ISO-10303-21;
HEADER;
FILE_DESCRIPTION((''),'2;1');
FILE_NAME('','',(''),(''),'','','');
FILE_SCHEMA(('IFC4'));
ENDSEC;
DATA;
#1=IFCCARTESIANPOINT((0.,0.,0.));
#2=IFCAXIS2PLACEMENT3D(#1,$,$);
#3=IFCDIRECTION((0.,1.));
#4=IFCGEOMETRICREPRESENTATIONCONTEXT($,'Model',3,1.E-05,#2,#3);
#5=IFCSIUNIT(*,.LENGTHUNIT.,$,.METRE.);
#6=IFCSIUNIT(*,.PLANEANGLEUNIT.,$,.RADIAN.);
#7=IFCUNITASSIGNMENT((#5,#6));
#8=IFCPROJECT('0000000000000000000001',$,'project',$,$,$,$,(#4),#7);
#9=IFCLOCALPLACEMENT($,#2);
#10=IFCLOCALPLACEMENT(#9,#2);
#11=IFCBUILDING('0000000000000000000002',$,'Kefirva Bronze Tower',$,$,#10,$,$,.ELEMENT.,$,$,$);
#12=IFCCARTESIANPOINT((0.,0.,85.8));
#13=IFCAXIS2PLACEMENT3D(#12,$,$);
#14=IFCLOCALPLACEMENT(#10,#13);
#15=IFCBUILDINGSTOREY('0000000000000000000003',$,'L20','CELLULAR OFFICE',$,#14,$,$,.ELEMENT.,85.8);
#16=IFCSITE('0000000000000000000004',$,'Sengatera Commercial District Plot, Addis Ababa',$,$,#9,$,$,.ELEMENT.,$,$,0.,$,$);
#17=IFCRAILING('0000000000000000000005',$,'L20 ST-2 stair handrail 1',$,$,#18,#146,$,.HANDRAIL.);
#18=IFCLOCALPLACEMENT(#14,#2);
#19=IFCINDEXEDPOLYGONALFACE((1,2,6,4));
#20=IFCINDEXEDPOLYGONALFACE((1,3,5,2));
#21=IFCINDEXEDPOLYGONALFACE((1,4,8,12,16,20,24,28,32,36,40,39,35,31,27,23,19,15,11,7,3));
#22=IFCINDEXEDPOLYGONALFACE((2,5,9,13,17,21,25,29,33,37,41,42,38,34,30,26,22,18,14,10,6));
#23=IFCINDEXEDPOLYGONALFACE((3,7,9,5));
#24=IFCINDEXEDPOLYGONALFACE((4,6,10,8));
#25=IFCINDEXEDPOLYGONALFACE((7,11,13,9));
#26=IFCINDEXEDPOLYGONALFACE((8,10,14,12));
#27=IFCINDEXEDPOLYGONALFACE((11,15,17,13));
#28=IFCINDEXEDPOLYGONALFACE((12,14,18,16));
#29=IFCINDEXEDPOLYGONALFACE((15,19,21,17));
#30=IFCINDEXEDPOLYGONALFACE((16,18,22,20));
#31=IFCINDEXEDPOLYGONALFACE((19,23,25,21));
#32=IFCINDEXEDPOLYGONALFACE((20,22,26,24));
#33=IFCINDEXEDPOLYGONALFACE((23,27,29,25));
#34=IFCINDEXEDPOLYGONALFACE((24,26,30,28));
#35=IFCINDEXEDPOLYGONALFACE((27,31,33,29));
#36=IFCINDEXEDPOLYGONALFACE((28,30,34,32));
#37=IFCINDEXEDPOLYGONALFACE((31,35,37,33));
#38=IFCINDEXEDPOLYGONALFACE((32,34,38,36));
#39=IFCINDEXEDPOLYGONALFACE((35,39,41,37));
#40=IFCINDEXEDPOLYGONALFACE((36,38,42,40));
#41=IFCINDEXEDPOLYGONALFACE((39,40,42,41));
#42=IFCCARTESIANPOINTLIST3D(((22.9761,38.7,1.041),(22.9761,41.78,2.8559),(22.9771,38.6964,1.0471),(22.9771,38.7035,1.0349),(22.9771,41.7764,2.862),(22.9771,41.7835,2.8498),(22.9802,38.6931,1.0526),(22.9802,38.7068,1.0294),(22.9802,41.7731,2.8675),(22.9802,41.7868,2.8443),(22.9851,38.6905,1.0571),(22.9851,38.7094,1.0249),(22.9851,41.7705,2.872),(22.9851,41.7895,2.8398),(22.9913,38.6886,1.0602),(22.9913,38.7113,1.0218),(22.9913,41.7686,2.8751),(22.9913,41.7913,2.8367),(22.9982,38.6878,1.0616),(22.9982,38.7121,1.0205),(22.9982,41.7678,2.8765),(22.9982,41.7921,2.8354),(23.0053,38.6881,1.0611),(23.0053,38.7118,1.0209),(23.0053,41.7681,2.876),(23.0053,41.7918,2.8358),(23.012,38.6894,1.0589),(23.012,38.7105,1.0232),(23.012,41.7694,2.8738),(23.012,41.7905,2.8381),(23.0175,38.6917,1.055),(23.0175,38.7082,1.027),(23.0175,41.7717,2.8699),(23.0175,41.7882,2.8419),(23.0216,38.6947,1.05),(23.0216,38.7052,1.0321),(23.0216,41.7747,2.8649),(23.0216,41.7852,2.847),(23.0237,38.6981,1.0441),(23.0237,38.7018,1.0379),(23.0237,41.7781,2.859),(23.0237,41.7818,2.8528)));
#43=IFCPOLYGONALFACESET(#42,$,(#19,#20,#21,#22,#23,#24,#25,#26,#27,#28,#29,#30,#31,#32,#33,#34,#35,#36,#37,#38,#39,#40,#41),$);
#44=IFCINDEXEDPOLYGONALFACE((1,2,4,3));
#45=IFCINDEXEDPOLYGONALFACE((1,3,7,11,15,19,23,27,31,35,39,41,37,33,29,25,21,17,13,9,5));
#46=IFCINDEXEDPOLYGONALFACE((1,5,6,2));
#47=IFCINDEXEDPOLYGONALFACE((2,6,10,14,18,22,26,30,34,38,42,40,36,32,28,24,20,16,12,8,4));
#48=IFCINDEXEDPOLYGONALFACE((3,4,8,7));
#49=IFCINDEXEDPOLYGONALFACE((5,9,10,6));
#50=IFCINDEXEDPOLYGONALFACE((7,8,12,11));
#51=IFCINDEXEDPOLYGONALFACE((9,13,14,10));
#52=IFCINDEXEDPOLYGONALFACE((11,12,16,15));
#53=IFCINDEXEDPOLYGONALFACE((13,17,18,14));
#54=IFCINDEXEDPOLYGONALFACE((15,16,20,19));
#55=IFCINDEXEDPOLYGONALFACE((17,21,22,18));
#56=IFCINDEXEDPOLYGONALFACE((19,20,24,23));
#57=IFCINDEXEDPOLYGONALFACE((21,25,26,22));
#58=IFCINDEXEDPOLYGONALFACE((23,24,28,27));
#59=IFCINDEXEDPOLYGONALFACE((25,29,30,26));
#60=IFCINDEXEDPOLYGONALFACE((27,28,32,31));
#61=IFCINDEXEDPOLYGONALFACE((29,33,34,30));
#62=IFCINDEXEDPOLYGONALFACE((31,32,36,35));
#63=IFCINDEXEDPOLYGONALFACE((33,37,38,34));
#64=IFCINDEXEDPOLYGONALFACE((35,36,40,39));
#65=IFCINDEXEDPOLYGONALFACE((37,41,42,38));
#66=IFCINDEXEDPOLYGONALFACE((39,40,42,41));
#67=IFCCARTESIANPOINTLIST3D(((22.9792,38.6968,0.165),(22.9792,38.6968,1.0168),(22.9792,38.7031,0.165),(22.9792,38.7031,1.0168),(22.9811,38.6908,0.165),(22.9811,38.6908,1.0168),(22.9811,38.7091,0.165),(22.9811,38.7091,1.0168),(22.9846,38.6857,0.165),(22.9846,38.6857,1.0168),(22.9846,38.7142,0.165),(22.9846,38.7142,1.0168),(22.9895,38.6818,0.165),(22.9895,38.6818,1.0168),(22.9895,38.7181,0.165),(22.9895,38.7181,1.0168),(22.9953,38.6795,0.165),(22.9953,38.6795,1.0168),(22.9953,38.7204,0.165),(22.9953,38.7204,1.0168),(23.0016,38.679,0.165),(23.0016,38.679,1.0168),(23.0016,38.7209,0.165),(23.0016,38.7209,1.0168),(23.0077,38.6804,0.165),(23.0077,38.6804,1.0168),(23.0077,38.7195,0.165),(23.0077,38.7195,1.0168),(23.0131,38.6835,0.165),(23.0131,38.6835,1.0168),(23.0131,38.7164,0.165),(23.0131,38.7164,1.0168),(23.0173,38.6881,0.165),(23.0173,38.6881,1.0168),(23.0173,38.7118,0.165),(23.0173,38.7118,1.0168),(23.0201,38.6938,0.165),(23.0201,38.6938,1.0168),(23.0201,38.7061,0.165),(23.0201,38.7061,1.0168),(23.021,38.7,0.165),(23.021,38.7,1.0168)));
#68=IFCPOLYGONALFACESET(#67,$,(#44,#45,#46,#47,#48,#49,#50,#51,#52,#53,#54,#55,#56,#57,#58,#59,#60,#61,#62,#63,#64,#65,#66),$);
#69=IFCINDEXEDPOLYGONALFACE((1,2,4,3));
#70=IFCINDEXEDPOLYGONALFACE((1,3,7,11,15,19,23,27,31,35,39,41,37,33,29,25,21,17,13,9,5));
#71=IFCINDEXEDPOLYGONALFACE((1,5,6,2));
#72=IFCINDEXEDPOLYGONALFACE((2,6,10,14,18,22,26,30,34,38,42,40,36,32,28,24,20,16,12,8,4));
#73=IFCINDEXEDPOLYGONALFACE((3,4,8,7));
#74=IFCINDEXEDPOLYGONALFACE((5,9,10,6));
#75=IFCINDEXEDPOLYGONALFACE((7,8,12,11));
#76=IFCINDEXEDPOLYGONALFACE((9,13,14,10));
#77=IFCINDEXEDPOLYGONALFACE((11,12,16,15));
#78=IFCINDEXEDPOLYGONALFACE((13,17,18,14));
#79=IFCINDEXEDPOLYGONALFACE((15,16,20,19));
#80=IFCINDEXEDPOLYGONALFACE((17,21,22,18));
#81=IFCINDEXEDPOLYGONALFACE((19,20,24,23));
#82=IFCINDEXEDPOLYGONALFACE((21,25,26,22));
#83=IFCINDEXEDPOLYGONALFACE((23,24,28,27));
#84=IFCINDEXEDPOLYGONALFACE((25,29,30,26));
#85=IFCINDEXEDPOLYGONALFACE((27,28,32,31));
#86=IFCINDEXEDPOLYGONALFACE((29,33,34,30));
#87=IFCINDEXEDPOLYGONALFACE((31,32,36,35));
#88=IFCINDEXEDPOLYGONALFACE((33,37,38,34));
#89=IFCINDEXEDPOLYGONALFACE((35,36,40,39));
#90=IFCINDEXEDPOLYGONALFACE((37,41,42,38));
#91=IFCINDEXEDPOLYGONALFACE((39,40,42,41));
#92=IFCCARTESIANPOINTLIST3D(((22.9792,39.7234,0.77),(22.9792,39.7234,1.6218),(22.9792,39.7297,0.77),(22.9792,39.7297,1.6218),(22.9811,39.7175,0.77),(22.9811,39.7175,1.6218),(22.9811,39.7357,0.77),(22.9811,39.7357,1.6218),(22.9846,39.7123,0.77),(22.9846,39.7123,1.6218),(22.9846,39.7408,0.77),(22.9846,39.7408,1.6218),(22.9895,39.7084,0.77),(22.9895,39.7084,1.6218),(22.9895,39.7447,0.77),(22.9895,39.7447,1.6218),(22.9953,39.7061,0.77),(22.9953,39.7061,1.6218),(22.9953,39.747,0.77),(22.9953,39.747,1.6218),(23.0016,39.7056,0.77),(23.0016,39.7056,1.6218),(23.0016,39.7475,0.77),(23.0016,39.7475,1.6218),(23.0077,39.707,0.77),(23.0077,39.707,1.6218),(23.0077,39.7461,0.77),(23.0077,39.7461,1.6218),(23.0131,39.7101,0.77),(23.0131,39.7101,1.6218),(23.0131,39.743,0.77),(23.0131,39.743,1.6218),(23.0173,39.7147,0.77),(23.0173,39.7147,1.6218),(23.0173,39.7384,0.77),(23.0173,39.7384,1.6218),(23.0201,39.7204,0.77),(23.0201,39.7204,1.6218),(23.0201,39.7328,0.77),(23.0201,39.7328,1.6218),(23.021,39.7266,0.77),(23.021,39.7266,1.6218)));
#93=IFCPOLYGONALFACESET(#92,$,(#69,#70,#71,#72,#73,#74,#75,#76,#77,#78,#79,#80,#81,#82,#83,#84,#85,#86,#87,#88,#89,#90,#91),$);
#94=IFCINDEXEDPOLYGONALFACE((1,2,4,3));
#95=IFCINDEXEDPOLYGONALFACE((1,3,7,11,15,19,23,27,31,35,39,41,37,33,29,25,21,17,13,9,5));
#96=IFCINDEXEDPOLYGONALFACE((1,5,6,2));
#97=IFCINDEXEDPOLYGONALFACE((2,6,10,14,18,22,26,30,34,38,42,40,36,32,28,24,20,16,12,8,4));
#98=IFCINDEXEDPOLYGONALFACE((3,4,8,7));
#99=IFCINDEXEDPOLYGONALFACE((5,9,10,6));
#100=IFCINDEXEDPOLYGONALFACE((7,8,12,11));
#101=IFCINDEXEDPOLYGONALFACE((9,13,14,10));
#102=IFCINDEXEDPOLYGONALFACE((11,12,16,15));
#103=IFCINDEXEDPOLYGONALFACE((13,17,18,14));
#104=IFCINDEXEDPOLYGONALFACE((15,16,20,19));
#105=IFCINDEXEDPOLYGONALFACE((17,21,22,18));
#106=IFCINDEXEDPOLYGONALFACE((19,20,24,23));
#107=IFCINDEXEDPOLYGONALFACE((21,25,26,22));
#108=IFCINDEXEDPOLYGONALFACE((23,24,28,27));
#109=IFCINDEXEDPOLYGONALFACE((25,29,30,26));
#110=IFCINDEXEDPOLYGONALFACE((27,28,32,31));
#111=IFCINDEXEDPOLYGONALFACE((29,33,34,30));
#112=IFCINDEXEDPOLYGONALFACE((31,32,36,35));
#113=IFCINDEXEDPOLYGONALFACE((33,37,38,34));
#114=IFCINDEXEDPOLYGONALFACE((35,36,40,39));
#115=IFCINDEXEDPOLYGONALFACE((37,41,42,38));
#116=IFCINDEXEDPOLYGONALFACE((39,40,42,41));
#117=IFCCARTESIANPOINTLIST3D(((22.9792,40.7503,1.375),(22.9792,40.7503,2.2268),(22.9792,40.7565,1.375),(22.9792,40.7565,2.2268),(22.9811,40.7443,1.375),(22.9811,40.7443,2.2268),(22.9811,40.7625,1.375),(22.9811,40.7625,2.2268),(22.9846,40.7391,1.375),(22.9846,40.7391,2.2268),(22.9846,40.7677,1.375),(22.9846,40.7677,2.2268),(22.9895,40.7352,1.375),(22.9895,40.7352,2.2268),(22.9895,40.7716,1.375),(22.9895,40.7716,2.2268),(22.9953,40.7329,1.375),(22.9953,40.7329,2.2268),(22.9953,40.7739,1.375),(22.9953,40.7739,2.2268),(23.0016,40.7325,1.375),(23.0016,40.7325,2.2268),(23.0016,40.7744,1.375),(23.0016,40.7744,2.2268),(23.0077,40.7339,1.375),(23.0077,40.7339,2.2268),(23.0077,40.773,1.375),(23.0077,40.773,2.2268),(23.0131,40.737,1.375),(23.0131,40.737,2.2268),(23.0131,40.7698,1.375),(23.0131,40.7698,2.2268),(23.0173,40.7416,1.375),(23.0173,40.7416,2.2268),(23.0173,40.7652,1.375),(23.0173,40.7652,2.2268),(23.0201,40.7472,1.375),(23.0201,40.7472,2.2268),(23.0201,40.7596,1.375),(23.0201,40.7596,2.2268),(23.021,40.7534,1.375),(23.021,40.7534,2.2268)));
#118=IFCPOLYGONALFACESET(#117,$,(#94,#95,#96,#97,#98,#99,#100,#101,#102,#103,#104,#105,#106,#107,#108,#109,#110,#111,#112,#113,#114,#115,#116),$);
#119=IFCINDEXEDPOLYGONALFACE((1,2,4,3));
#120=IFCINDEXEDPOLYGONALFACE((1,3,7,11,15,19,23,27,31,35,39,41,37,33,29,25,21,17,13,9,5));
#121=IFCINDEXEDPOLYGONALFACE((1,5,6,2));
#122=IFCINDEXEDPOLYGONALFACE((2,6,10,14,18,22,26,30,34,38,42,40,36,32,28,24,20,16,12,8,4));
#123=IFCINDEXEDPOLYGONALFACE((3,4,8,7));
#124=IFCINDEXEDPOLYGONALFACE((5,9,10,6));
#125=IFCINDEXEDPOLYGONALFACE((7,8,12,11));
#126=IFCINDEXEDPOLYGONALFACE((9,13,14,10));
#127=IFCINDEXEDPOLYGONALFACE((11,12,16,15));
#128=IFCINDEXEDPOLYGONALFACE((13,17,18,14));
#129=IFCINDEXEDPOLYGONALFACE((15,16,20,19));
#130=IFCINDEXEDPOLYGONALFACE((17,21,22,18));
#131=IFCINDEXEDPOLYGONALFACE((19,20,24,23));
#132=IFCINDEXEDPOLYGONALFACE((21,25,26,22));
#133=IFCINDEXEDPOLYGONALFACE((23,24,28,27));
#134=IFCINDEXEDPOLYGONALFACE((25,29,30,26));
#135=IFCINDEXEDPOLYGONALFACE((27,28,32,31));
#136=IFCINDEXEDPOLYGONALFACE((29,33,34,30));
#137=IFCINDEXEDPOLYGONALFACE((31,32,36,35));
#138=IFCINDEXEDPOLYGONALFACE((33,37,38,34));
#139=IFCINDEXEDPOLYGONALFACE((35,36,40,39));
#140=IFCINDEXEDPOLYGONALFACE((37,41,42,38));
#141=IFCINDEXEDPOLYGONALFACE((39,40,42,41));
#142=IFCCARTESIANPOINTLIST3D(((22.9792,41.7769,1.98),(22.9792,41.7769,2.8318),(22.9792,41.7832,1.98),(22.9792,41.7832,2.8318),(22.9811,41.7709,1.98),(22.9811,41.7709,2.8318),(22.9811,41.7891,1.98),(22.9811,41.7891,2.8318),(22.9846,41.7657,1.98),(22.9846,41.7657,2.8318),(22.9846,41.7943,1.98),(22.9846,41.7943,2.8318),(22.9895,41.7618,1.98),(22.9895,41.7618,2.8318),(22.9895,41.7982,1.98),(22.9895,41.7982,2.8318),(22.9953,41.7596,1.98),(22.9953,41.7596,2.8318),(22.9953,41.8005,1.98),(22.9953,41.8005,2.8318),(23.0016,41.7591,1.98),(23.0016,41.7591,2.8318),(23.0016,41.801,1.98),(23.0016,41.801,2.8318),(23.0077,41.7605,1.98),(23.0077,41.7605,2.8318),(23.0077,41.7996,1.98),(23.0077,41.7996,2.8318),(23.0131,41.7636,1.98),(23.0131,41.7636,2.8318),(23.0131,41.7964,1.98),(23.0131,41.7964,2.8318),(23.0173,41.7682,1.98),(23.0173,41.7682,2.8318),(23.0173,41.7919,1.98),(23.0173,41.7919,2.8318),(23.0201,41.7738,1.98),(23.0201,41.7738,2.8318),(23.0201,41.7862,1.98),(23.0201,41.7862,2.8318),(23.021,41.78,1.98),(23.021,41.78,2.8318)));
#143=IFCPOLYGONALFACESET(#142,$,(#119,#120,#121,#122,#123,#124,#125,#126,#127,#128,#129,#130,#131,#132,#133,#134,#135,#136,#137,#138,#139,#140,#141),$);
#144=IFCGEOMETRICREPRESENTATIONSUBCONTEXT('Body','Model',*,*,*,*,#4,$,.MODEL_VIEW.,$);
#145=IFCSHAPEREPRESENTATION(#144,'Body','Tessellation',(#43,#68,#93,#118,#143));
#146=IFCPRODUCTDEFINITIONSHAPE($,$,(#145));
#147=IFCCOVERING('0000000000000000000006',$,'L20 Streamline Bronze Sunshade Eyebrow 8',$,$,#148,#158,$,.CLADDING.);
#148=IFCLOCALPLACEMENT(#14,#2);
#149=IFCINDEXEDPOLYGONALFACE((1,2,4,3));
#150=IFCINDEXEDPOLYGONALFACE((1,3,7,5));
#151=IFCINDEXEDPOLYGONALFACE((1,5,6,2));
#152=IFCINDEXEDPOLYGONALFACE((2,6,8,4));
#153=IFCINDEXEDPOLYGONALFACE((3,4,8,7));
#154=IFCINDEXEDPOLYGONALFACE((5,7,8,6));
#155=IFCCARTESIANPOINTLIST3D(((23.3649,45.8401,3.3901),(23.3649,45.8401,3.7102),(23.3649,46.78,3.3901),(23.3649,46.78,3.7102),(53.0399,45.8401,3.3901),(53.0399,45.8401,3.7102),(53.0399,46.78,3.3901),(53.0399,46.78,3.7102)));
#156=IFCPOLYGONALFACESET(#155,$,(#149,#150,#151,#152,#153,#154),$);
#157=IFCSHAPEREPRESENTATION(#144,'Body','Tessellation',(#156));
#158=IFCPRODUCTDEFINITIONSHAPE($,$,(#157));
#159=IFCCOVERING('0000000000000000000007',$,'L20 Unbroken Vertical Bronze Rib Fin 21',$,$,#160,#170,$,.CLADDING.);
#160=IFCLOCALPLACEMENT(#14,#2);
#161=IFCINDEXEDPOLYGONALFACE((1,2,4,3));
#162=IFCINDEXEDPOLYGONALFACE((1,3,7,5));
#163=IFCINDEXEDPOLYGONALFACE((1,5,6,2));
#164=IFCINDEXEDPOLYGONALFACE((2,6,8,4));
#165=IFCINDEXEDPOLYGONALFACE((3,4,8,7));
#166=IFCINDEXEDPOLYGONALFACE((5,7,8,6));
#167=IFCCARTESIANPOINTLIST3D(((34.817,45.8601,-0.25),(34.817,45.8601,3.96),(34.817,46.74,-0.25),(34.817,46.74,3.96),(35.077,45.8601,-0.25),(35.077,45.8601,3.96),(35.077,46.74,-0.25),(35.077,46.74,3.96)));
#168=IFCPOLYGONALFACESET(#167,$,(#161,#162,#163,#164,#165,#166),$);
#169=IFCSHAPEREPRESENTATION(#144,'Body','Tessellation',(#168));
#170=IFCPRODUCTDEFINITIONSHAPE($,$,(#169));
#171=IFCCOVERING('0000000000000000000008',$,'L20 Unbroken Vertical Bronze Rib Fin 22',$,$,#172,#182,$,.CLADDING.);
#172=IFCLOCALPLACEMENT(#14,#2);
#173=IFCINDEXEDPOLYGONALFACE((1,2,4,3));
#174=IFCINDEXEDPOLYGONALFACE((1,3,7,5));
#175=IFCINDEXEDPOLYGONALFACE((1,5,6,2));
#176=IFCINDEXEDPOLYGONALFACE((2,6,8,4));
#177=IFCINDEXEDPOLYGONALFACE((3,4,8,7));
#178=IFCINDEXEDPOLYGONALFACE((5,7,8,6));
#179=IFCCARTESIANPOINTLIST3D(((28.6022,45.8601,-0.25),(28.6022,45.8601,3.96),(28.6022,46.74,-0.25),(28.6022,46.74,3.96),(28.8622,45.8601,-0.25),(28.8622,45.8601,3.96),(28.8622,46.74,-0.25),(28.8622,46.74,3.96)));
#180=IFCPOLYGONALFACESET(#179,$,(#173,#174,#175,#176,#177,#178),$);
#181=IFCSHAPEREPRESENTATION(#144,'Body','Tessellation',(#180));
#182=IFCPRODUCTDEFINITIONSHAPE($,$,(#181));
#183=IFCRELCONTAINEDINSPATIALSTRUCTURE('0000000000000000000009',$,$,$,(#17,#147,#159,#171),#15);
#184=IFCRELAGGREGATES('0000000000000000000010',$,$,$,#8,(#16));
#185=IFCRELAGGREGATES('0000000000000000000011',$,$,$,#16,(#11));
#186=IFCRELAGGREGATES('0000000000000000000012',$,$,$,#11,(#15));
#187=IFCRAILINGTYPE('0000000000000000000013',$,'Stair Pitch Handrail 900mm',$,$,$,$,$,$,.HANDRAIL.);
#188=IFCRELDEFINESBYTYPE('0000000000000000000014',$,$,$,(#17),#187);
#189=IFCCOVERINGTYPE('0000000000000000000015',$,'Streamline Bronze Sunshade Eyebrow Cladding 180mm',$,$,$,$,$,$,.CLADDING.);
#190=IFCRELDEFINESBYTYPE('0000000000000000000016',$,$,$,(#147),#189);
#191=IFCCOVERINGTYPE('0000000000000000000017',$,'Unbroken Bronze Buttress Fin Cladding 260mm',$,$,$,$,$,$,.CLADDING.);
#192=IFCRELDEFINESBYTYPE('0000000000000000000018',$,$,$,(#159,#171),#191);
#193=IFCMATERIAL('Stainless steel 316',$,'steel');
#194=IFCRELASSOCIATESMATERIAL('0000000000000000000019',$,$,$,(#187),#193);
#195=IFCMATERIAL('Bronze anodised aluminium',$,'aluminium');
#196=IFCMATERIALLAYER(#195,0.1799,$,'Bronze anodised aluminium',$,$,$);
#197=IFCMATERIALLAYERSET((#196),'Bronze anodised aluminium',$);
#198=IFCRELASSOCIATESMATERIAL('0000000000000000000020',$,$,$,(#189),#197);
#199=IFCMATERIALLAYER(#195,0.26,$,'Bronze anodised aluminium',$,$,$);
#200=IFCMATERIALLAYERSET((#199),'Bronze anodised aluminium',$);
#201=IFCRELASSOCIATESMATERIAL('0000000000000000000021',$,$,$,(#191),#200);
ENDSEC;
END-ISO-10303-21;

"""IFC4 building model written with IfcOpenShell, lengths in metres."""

from ifc_helpers import new_model, si_unit, direction, frame, origin, origin_2d, place, context, subcontext, project, spatial, rectangle, circle, extrude, material, layer, layer_set, type_object, element, save


model = new_model("IFC4")

# Units and contexts
model_context = context("Model", 3, precision=1e-05, world=origin(), true_north=direction((0.0, 1.0)))
body_context = subcontext(model_context, "Body", "Model", "MODEL_VIEW")
ifc_project = project(units=[si_unit("LENGTHUNIT", "METRE"), si_unit("PLANEANGLEUNIT", "RADIAN")], contexts=[model_context])

# Site, building, storey
site_placement = place(None, origin())
site = spatial("IfcSite", under=ifc_project, at=site_placement, Name="Sengatera Commercial District Plot, Addis Ababa", CompositionType="ELEMENT", RefElevation=0.0)
building_placement = place(site_placement, origin())
building = spatial("IfcBuilding", under=site, at=building_placement, Name="Kefirva Bronze Tower", CompositionType="ELEMENT")
storey_placement = place(building_placement, frame((0.0, 0.0, 85.8)))
storey = spatial("IfcBuildingStorey", under=building, at=storey_placement, Name="L20", Description="CELLULAR OFFICE", CompositionType="ELEMENT", Elevation=85.8)

# Shared definitions
ifc_material_1 = material(Name="Bronze anodised aluminium", Category="aluminium")

# Railing
ifc_material_2 = material(Name="Stainless steel 316", Category="steel")
railing_type_1 = type_object("IfcRailingType", Name="Stair Pitch Handrail 900mm", PredefinedType="HANDRAIL", material=ifc_material_2)
railing_1_placement = place(storey_placement, frame((23.0, 38.7, 0.165)))
element("IfcRailing", 1, at=railing_1_placement, inside=storey, type_object=railing_type_1, Name="L20 ST-2 stair handrail 1", PredefinedType="HANDRAIL", context=body_context, shape_type="SweptSolid", body=[
    extrude(circle(Radius=0.0239, at=origin_2d()), frame((0.0, 0.0, 0.876), z_axis=(0.0, 0.861551, 0.507671), x_axis=(-1.0, 0.0, 0.0)), (0.0, 0.0, 1.0), 3.575),
    extrude(circle(Radius=0.021, at=origin_2d()), origin(), (0.0, 0.0, 1.0), 0.8518),
    extrude(circle(Radius=0.021, at=origin_2d()), frame((0.0, 1.0266, 0.605)), (0.0, 0.0, 1.0), 0.8518),
    extrude(circle(Radius=0.021, at=origin_2d()), frame((0.0, 2.0535, 1.21)), (0.0, 0.0, 1.0), 0.8518),
    extrude(circle(Radius=0.021, at=origin_2d()), frame((0.0, 3.0801, 1.8149)), (0.0, 0.0, 1.0), 0.8518),
])

# Coverings
ifc_layer_1 = layer(ifc_material_1, 0.1799, Name="Bronze anodised aluminium")
ifc_layer_set_1 = layer_set([ifc_layer_1], Name="Bronze anodised aluminium")
covering_type_1 = type_object("IfcCoveringType", Name="Streamline Bronze Sunshade Eyebrow Cladding 180mm", PredefinedType="CLADDING", material=ifc_layer_set_1)
covering_1_placement = place(storey_placement, frame((38.2024, 46.3101, 3.3901), z_axis=(0.0, 0.0, 1.0), x_axis=(-1.0, 0.0, 0.0)))
element("IfcCovering", 2, at=covering_1_placement, inside=storey, type_object=covering_type_1, Name="L20 Streamline Bronze Sunshade Eyebrow 8", PredefinedType="CLADDING", context=body_context, shape_type="SweptSolid", body=[
    extrude(rectangle(XDim=29.675, YDim=0.9399, at=origin_2d()), origin(), (0.0, 0.0, 1.0), 0.3201),
])
ifc_layer_2 = layer(ifc_material_1, 0.26, Name="Bronze anodised aluminium")
ifc_layer_set_2 = layer_set([ifc_layer_2], Name="Bronze anodised aluminium")
covering_type_2 = type_object("IfcCoveringType", Name="Unbroken Bronze Buttress Fin Cladding 260mm", PredefinedType="CLADDING", material=ifc_layer_set_2)
for number, where, z_axis, x_axis, name in (
    (3, (34.947, 46.3, -0.25), (0.0, 0.0, 1.0), (-1.0, 0.0, 0.0), "L20 Unbroken Vertical Bronze Rib Fin 21"),
    (4, (28.7322, 46.3, -0.25), (0.0, 0.0, 1.0), (-1.0, 0.0, 0.0), "L20 Unbroken Vertical Bronze Rib Fin 22"),
):
    element("IfcCovering", number, at=place(storey_placement, frame(where, z_axis=z_axis, x_axis=x_axis)), inside=storey, type_object=covering_type_2, Name=name, PredefinedType="CLADDING", context=body_context, shape_type="SweptSolid", body=[
        extrude(rectangle(XDim=0.26, YDim=0.8799, at=origin_2d()), origin(), (0.0, 0.0, 1.0), 4.21),
    ])

save(model, "model.ifc")
